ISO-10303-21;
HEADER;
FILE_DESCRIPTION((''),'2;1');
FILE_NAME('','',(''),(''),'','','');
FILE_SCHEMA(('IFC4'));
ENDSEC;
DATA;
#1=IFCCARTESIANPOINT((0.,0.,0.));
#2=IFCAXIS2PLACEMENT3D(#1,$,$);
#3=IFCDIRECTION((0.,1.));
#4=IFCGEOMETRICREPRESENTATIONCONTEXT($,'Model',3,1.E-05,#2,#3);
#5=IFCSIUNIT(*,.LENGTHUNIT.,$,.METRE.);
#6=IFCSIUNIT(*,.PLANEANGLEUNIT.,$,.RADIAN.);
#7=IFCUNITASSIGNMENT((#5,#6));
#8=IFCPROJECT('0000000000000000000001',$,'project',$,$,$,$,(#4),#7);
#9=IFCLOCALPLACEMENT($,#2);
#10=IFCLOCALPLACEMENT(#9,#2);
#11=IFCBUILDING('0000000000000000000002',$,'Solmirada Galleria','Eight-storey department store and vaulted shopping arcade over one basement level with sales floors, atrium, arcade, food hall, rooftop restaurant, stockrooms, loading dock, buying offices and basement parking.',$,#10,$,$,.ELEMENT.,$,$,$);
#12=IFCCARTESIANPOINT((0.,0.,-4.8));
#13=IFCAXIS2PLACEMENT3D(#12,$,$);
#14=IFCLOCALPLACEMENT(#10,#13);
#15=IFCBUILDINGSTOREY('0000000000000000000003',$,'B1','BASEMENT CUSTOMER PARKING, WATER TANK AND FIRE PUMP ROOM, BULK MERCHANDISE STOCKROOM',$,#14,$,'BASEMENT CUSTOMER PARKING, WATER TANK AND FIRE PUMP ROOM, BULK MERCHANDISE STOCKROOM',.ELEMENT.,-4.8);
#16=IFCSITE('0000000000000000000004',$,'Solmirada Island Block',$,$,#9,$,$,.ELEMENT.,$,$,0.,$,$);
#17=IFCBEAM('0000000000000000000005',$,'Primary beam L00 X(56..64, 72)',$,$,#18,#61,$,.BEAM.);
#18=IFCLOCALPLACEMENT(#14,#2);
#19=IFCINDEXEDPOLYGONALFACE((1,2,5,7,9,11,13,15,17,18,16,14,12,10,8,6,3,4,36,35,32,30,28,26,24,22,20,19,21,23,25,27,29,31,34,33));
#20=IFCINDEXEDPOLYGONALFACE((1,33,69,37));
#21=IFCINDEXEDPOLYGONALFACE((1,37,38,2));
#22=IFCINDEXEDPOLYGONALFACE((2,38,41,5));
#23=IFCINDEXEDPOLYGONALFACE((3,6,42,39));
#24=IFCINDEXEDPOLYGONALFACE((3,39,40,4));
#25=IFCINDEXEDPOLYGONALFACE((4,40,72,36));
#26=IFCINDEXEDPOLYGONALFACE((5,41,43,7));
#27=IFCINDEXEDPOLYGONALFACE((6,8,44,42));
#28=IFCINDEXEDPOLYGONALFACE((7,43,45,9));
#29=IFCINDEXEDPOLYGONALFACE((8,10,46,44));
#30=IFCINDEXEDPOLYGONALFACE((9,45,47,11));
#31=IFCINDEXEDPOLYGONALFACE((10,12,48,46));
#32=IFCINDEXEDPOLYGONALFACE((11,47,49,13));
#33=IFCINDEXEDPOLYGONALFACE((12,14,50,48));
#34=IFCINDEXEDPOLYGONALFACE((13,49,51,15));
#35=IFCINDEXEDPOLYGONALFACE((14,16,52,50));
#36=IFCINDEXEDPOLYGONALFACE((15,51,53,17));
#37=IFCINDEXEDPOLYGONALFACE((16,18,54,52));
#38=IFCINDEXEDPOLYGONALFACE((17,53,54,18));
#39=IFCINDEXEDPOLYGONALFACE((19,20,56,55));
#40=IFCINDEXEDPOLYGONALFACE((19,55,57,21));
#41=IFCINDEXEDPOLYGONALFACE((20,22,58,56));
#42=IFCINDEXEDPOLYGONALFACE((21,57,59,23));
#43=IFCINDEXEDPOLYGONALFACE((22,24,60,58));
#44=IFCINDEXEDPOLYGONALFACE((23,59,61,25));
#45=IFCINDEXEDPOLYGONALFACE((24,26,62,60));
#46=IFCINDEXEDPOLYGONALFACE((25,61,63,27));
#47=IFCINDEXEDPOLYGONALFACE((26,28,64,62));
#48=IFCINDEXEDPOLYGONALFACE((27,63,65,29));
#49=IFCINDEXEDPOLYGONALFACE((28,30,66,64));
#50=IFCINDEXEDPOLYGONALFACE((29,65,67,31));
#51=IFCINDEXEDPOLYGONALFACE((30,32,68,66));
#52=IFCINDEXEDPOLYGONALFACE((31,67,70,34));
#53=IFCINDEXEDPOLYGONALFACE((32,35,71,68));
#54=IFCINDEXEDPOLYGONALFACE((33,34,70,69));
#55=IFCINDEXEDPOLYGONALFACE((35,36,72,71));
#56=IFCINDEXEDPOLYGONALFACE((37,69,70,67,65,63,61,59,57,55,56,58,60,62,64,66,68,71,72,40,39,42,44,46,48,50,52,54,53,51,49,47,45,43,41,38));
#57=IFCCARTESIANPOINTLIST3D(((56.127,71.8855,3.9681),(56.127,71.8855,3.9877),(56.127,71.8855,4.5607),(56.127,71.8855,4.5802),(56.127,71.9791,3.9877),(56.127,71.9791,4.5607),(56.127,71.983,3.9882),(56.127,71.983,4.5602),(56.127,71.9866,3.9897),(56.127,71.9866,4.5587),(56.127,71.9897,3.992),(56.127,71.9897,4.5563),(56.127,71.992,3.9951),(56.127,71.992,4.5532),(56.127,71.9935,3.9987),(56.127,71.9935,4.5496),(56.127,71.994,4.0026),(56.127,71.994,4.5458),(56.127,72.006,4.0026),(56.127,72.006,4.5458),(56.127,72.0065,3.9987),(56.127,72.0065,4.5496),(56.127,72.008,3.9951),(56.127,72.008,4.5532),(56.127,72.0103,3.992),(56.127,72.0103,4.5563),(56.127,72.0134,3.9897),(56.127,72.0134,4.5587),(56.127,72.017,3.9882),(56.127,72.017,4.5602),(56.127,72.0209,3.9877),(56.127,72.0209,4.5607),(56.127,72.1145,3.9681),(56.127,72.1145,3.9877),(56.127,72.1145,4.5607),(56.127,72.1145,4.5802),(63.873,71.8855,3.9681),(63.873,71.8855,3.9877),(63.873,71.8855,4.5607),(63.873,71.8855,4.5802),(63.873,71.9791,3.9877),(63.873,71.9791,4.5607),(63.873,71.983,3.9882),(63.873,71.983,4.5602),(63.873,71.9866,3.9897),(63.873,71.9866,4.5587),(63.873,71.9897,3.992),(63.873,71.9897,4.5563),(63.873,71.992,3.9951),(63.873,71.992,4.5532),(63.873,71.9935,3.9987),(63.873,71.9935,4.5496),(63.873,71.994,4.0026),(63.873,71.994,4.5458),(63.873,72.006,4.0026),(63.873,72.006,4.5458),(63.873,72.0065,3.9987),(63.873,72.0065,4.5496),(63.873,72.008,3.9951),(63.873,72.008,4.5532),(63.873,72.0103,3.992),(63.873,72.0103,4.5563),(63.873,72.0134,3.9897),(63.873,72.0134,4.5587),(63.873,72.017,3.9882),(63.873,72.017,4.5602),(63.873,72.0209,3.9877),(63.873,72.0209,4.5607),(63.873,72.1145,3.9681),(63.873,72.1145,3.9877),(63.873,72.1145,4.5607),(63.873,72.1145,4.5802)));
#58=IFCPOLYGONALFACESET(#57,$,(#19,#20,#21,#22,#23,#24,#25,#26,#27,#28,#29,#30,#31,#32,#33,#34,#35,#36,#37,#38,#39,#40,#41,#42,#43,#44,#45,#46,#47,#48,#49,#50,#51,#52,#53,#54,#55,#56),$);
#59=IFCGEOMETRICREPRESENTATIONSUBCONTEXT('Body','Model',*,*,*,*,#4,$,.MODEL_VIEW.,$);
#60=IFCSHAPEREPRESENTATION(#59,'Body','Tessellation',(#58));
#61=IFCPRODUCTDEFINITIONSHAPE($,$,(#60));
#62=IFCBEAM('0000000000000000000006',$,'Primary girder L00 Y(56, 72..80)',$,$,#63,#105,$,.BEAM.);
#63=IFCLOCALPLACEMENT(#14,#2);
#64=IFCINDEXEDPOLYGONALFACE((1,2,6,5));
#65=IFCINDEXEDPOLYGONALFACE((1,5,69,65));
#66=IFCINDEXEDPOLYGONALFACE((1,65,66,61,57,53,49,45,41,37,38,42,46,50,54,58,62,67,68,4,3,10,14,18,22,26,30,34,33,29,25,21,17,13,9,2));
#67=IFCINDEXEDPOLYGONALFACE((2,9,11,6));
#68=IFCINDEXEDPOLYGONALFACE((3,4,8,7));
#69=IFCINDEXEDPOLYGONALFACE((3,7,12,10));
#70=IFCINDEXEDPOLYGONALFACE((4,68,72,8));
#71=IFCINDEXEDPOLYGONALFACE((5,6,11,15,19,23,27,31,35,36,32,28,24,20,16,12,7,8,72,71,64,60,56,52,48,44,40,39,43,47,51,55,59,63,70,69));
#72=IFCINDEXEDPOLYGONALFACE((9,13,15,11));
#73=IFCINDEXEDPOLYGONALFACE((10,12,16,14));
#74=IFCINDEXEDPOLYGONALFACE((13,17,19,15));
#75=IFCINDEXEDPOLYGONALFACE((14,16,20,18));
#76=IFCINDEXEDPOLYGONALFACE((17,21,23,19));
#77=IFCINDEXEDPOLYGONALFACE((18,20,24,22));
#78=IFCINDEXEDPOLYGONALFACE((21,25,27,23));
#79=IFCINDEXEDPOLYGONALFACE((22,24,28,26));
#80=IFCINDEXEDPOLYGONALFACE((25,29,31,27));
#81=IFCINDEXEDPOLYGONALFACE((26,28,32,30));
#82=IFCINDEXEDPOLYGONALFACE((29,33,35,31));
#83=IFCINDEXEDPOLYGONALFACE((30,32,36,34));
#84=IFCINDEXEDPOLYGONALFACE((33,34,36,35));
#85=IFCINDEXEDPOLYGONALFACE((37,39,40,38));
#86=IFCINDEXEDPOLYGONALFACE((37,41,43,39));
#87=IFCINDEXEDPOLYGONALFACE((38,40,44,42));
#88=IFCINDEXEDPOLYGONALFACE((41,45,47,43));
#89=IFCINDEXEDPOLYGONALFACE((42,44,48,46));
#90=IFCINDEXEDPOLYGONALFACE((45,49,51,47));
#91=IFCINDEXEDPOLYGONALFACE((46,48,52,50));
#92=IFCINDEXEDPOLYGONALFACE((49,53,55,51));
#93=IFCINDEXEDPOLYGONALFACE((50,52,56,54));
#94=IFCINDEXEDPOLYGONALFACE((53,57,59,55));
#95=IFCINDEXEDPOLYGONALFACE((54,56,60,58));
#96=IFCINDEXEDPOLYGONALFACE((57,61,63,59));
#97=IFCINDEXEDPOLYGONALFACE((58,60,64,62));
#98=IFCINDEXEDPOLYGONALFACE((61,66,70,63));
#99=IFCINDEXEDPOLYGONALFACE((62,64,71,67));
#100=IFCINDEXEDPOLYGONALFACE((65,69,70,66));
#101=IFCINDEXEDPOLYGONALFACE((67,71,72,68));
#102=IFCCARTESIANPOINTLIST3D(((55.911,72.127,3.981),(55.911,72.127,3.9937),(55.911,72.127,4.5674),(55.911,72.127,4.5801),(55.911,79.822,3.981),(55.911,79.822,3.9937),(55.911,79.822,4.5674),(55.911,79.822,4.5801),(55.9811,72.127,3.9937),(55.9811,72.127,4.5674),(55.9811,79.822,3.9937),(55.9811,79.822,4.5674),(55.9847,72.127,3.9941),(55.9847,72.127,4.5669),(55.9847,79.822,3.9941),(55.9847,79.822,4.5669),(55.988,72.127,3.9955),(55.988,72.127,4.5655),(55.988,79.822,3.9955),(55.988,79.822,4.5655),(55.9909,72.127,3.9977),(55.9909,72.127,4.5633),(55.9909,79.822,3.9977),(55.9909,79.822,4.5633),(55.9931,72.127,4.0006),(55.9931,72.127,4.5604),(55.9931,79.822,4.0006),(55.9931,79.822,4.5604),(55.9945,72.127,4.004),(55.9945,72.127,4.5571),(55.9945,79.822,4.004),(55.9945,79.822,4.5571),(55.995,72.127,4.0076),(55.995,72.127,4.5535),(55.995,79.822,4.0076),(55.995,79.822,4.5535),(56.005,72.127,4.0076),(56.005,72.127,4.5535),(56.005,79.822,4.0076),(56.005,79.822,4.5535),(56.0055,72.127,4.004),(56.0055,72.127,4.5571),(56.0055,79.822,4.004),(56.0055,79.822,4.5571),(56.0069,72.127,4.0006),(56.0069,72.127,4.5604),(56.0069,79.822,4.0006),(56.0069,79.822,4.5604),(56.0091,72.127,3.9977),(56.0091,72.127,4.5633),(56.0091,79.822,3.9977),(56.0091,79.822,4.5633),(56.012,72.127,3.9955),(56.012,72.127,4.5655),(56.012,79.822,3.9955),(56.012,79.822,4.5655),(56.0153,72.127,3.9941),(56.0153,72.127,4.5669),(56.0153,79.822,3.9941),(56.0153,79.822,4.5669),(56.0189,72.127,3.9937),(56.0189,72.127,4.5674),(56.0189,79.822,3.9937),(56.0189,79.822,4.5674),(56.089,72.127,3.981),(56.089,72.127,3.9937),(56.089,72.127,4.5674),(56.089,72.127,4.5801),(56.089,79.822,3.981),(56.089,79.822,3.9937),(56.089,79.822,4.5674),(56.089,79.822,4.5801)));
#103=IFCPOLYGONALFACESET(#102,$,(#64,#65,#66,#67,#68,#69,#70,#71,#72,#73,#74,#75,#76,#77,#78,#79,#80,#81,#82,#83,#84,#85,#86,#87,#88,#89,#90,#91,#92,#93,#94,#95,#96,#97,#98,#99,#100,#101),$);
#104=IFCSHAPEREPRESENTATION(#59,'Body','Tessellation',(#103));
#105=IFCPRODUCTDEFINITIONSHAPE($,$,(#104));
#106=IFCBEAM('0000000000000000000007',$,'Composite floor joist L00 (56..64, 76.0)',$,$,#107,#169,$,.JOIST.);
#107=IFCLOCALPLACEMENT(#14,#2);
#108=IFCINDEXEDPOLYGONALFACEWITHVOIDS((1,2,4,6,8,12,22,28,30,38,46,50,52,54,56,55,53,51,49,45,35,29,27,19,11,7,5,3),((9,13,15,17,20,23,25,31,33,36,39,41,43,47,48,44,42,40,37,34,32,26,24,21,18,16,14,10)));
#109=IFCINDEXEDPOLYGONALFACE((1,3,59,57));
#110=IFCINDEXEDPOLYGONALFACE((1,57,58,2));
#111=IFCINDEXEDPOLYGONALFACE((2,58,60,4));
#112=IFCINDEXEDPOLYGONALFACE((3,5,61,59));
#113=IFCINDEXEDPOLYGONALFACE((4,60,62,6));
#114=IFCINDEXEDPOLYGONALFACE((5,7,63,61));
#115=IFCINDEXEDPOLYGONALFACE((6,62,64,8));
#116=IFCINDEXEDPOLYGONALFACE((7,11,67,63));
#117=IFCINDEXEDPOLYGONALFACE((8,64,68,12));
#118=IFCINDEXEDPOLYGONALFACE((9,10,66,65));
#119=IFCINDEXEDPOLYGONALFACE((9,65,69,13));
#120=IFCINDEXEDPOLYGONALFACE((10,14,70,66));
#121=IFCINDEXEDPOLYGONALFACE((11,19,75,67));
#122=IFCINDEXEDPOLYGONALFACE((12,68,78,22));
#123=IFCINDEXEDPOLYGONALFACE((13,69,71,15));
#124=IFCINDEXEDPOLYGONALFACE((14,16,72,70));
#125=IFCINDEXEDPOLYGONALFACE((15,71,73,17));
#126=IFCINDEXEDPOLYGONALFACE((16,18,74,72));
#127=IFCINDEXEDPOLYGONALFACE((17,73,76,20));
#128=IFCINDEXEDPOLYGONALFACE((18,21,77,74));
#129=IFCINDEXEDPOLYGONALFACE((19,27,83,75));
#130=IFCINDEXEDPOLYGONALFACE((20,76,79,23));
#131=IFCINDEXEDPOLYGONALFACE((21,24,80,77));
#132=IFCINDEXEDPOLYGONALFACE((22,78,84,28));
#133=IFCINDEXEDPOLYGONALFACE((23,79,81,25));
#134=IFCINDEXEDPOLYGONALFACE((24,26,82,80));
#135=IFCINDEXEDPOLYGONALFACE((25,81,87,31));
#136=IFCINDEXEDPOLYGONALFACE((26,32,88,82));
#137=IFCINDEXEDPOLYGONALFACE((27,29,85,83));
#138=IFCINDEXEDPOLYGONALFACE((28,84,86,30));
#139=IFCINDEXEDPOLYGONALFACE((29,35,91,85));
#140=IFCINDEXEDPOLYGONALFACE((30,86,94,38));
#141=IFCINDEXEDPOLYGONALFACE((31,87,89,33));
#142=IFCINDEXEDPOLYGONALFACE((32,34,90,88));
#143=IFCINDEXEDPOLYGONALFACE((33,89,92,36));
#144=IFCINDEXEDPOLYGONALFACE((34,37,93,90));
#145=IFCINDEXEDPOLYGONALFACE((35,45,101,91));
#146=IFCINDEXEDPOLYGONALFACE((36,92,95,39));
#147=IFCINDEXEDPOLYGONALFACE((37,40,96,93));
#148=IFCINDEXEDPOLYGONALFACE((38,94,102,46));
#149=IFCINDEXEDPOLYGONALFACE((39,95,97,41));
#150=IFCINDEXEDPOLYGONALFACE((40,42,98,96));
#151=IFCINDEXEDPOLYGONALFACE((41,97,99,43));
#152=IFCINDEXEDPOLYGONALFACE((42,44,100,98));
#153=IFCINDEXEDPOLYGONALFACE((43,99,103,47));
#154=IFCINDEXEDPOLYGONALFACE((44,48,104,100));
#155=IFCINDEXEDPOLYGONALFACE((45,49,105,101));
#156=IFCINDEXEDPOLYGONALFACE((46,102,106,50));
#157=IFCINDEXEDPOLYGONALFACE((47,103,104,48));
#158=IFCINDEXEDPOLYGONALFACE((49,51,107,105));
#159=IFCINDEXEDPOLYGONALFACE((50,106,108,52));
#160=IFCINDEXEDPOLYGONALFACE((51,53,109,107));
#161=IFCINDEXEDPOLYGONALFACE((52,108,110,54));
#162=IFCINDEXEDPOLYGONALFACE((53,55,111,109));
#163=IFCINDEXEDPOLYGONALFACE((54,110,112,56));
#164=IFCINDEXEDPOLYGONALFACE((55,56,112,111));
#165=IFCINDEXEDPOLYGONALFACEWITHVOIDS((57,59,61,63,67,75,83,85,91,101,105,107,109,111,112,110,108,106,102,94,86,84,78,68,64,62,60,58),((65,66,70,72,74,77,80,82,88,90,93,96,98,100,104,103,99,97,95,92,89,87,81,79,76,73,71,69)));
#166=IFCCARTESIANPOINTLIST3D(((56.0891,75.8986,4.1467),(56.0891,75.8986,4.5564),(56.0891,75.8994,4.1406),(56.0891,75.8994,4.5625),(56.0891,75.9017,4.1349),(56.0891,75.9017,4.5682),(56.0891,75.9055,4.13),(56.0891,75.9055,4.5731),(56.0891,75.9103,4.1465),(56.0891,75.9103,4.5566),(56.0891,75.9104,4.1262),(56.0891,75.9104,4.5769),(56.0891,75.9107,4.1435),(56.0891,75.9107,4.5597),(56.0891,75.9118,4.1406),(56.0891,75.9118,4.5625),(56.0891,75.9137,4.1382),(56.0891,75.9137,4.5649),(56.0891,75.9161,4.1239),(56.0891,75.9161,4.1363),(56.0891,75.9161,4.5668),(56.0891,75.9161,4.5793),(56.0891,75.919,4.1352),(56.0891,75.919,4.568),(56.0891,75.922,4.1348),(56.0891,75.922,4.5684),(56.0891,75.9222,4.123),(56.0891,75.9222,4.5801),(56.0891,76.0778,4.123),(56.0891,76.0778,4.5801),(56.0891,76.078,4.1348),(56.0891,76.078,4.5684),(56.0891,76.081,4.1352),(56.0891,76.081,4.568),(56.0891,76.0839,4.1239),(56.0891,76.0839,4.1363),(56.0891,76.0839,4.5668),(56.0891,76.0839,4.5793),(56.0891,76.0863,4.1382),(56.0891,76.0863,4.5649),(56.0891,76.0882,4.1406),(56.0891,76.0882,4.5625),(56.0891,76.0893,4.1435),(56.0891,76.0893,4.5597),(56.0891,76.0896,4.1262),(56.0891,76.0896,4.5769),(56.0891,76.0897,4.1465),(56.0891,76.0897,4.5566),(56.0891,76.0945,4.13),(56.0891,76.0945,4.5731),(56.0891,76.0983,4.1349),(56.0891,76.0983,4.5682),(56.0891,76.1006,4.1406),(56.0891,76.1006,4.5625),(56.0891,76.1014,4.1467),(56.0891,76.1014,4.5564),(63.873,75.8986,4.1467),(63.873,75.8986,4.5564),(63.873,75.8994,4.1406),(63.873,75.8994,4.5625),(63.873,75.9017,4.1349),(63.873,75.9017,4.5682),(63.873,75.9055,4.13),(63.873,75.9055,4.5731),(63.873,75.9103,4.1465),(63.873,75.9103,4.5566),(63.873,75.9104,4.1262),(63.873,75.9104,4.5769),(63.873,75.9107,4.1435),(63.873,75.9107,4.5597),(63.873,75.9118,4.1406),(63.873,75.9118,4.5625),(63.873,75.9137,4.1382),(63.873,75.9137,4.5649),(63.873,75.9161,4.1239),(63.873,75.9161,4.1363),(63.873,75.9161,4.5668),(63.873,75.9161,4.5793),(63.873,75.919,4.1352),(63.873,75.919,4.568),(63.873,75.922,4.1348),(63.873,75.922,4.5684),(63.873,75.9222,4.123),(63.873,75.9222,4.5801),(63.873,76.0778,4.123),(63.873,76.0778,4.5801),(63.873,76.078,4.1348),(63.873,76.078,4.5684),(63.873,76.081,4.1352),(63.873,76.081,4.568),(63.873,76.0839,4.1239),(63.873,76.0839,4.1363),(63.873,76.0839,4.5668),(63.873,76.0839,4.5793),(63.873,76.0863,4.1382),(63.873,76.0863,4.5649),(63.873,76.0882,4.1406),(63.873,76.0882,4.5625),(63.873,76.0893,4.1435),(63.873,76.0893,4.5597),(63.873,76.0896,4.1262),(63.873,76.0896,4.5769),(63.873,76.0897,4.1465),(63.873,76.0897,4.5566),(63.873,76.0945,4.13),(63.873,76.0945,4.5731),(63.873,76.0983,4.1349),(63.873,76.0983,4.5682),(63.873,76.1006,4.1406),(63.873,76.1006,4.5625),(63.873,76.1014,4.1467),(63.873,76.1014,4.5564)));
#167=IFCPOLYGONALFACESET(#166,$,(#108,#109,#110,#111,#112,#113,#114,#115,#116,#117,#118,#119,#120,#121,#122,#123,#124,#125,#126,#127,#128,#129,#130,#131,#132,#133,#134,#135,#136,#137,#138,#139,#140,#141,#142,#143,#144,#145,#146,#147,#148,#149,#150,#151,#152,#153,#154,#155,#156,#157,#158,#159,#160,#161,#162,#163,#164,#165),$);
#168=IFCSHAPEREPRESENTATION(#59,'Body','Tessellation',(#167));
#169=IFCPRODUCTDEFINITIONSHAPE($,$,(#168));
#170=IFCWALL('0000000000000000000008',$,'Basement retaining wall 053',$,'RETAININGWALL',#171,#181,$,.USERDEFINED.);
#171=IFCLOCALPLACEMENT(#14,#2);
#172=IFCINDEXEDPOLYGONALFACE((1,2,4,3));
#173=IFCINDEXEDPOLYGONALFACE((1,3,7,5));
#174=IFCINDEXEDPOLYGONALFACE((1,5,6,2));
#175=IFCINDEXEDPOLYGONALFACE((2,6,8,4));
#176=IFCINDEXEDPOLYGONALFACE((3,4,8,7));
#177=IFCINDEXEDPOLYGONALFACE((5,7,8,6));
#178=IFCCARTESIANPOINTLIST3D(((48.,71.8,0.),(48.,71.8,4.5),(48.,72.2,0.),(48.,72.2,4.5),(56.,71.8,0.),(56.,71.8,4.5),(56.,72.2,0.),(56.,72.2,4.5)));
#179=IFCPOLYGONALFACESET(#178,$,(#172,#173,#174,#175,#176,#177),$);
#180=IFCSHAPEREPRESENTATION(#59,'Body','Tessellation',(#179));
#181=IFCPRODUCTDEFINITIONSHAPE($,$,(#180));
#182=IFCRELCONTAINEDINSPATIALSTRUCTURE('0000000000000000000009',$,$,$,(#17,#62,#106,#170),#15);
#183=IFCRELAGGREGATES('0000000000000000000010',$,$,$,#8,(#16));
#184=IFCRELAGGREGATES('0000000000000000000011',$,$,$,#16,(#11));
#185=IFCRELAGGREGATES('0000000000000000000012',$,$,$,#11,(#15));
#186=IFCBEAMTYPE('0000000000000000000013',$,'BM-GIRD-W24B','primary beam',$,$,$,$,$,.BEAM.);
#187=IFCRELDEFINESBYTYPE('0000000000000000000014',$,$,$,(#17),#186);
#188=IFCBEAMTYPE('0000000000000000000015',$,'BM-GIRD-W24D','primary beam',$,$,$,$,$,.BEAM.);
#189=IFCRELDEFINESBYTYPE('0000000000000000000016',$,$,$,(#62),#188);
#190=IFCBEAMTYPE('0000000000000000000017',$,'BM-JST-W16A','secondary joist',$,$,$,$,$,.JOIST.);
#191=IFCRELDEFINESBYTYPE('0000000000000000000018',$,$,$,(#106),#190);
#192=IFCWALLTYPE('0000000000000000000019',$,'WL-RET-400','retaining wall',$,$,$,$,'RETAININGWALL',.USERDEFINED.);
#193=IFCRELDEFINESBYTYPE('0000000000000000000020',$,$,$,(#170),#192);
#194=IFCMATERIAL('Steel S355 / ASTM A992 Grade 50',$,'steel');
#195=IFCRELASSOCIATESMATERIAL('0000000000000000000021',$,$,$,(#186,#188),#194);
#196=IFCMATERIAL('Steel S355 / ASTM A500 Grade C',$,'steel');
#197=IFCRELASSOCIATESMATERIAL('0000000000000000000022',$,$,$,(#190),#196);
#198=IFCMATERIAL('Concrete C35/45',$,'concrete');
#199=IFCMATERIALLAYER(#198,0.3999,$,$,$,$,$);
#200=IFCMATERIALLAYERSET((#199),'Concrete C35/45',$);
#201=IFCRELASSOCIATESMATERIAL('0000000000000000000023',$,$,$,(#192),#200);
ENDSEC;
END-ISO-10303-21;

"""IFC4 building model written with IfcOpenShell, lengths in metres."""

from ifc_helpers import new_model, si_unit, direction, frame, frame_2d, origin, origin_2d, place, context, subcontext, project, spatial, rectangle, hollow_rectangle, i_section, extrude, material, layer, layer_set, material_profile, profile_set, type_object, element, save


model = new_model("IFC4")

# Units and contexts
model_context = context("Model", 3, precision=1e-05, world=origin(), true_north=direction((0.0, 1.0)))
body_context = subcontext(model_context, "Body", "Model", "MODEL_VIEW")
ifc_project = project(units=[si_unit("LENGTHUNIT", "METRE"), si_unit("PLANEANGLEUNIT", "RADIAN")], contexts=[model_context])

# Site, building, storey
site_placement = place(None, origin())
site = spatial("IfcSite", under=ifc_project, at=site_placement, Name="Solmirada Island Block", CompositionType="ELEMENT", RefElevation=0.0)
building_placement = place(site_placement, origin())
building = spatial("IfcBuilding", under=site, at=building_placement, Name="Solmirada Galleria", Description="Eight-storey department store and vaulted shopping arcade over one basement level with sales floors, atrium, arcade, food hall, rooftop restaurant, stockrooms, loading dock, buying offices and basement parking.", CompositionType="ELEMENT")
storey_placement = place(building_placement, frame((0.0, 0.0, -4.8)))
storey = spatial("IfcBuildingStorey", under=building, at=storey_placement, Name="B1", Description="BASEMENT CUSTOMER PARKING, WATER TANK AND FIRE PUMP ROOM, BULK MERCHANDISE STOCKROOM", LongName="BASEMENT CUSTOMER PARKING, WATER TANK AND FIRE PUMP ROOM, BULK MERCHANDISE STOCKROOM", CompositionType="ELEMENT", Elevation=-4.8)

# Shared definitions
ifc_material_1 = material(Name="Concrete C35/45", Category="concrete")

# Shared definitions
ifc_material_2 = material(Name="Steel S355 / ASTM A500 Grade C", Category="steel")

# Beams
ifc_material_3 = material(Name="Steel S355 / ASTM A992 Grade 50", Category="steel")
ifc_material_profile_1 = material_profile(ifc_material_3, i_section(OverallWidth=0.229, OverallDepth=0.6121, WebThickness=0.012, FlangeThickness=0.0195, FilletRadius=0.0149, at=origin_2d()), Name="W24X84")
ifc_profile_set_1 = profile_set([ifc_material_profile_1], Name="Steel S355 / ASTM A992 Grade 50")
beam_type_1 = type_object("IfcBeamType", Name="BM-GIRD-W24B", Description="primary beam", PredefinedType="BEAM", material=ifc_profile_set_1)
beam_1_placement = place(storey_placement, frame((56.127, 72.0, 4.2742), z_axis=(1.0, 0.0, 0.0), x_axis=(0.0, 1.0, 0.0)))
element("IfcBeam", 1, at=beam_1_placement, inside=storey, type_object=beam_type_1, Name="Primary beam L00 X(56..64, 72)", PredefinedType="BEAM", context=body_context, shape_type="SweptSolid", body=[
    extrude(i_section(OverallWidth=0.229, OverallDepth=0.6121, WebThickness=0.012, FlangeThickness=0.0195, FilletRadius=0.0149, at=origin_2d()), origin(), (0.0, 0.0, 1.0), 7.7461),
])
ifc_material_profile_2 = material_profile(ifc_material_3, i_section(OverallWidth=0.178, OverallDepth=0.5991, WebThickness=0.01, FlangeThickness=0.0127, FilletRadius=0.0139, at=origin_2d()), Name="W24X55")
ifc_profile_set_2 = profile_set([ifc_material_profile_2], Name="Steel S355 / ASTM A992 Grade 50")
beam_type_2 = type_object("IfcBeamType", Name="BM-GIRD-W24D", Description="primary beam", PredefinedType="BEAM", material=ifc_profile_set_2)
beam_2_placement = place(storey_placement, frame((56.0, 72.127, 4.2805), z_axis=(0.0, 1.0, 0.0), x_axis=(-1.0, 0.0, 0.0)))
element("IfcBeam", 2, at=beam_2_placement, inside=storey, type_object=beam_type_2, Name="Primary girder L00 Y(56, 72..80)", PredefinedType="BEAM", context=body_context, shape_type="SweptSolid", body=[
    extrude(i_section(OverallWidth=0.178, OverallDepth=0.5991, WebThickness=0.01, FlangeThickness=0.0127, FilletRadius=0.0139, at=origin_2d()), origin(), (0.0, 0.0, 1.0), 7.6951),
])
ifc_material_profile_3 = material_profile(ifc_material_2, hollow_rectangle(XDim=0.2029, YDim=0.457, WallThickness=0.0117, InnerFilletRadius=0.0117, OuterFilletRadius=0.0237, at=origin_2d()), Name="HSS18X8X1/2")
ifc_profile_set_3 = profile_set([ifc_material_profile_3], Name="Steel S355 / ASTM A500 Grade C")
beam_type_3 = type_object("IfcBeamType", Name="BM-JST-W16A", Description="secondary joist", PredefinedType="JOIST", material=ifc_profile_set_3)
beam_3_placement = place(storey_placement, frame((56.0891, 76.0, 4.3516), z_axis=(1.0, 0.0, 0.0), x_axis=(0.0, 1.0, 0.0)))
element("IfcBeam", 3, at=beam_3_placement, inside=storey, type_object=beam_type_3, Name="Composite floor joist L00 (56..64, 76.0)", PredefinedType="JOIST", context=body_context, shape_type="SweptSolid", body=[
    extrude(hollow_rectangle(XDim=0.2029, YDim=0.457, WallThickness=0.0117, InnerFilletRadius=0.0117, OuterFilletRadius=0.0237, at=origin_2d()), origin(), (0.0, 0.0, 1.0), 7.7839),
])

# Wall
ifc_layer_1 = layer(ifc_material_1, 0.3999)
ifc_layer_set_1 = layer_set([ifc_layer_1], Name="Concrete C35/45")
wall_type_1 = type_object("IfcWallType", Name="WL-RET-400", Description="retaining wall", ElementType="RETAININGWALL", PredefinedType="USERDEFINED", material=ifc_layer_set_1)
wall_1_placement = place(storey_placement, frame((56.0, 72.0, 0.0), z_axis=(0.0, 0.0, 1.0), x_axis=(-1.0, 0.0, 0.0)))
element("IfcWall", 4, at=wall_1_placement, inside=storey, type_object=wall_type_1, Name="Basement retaining wall 053", ObjectType="RETAININGWALL", PredefinedType="USERDEFINED", context=body_context, shape_type="SweptSolid", body=[
    extrude(rectangle(XDim=8.0, YDim=0.3999, at=frame_2d((4.0, 0.0))), origin(), (0.0, 0.0, 1.0), 4.5),
])

save(model, "model.ifc")
